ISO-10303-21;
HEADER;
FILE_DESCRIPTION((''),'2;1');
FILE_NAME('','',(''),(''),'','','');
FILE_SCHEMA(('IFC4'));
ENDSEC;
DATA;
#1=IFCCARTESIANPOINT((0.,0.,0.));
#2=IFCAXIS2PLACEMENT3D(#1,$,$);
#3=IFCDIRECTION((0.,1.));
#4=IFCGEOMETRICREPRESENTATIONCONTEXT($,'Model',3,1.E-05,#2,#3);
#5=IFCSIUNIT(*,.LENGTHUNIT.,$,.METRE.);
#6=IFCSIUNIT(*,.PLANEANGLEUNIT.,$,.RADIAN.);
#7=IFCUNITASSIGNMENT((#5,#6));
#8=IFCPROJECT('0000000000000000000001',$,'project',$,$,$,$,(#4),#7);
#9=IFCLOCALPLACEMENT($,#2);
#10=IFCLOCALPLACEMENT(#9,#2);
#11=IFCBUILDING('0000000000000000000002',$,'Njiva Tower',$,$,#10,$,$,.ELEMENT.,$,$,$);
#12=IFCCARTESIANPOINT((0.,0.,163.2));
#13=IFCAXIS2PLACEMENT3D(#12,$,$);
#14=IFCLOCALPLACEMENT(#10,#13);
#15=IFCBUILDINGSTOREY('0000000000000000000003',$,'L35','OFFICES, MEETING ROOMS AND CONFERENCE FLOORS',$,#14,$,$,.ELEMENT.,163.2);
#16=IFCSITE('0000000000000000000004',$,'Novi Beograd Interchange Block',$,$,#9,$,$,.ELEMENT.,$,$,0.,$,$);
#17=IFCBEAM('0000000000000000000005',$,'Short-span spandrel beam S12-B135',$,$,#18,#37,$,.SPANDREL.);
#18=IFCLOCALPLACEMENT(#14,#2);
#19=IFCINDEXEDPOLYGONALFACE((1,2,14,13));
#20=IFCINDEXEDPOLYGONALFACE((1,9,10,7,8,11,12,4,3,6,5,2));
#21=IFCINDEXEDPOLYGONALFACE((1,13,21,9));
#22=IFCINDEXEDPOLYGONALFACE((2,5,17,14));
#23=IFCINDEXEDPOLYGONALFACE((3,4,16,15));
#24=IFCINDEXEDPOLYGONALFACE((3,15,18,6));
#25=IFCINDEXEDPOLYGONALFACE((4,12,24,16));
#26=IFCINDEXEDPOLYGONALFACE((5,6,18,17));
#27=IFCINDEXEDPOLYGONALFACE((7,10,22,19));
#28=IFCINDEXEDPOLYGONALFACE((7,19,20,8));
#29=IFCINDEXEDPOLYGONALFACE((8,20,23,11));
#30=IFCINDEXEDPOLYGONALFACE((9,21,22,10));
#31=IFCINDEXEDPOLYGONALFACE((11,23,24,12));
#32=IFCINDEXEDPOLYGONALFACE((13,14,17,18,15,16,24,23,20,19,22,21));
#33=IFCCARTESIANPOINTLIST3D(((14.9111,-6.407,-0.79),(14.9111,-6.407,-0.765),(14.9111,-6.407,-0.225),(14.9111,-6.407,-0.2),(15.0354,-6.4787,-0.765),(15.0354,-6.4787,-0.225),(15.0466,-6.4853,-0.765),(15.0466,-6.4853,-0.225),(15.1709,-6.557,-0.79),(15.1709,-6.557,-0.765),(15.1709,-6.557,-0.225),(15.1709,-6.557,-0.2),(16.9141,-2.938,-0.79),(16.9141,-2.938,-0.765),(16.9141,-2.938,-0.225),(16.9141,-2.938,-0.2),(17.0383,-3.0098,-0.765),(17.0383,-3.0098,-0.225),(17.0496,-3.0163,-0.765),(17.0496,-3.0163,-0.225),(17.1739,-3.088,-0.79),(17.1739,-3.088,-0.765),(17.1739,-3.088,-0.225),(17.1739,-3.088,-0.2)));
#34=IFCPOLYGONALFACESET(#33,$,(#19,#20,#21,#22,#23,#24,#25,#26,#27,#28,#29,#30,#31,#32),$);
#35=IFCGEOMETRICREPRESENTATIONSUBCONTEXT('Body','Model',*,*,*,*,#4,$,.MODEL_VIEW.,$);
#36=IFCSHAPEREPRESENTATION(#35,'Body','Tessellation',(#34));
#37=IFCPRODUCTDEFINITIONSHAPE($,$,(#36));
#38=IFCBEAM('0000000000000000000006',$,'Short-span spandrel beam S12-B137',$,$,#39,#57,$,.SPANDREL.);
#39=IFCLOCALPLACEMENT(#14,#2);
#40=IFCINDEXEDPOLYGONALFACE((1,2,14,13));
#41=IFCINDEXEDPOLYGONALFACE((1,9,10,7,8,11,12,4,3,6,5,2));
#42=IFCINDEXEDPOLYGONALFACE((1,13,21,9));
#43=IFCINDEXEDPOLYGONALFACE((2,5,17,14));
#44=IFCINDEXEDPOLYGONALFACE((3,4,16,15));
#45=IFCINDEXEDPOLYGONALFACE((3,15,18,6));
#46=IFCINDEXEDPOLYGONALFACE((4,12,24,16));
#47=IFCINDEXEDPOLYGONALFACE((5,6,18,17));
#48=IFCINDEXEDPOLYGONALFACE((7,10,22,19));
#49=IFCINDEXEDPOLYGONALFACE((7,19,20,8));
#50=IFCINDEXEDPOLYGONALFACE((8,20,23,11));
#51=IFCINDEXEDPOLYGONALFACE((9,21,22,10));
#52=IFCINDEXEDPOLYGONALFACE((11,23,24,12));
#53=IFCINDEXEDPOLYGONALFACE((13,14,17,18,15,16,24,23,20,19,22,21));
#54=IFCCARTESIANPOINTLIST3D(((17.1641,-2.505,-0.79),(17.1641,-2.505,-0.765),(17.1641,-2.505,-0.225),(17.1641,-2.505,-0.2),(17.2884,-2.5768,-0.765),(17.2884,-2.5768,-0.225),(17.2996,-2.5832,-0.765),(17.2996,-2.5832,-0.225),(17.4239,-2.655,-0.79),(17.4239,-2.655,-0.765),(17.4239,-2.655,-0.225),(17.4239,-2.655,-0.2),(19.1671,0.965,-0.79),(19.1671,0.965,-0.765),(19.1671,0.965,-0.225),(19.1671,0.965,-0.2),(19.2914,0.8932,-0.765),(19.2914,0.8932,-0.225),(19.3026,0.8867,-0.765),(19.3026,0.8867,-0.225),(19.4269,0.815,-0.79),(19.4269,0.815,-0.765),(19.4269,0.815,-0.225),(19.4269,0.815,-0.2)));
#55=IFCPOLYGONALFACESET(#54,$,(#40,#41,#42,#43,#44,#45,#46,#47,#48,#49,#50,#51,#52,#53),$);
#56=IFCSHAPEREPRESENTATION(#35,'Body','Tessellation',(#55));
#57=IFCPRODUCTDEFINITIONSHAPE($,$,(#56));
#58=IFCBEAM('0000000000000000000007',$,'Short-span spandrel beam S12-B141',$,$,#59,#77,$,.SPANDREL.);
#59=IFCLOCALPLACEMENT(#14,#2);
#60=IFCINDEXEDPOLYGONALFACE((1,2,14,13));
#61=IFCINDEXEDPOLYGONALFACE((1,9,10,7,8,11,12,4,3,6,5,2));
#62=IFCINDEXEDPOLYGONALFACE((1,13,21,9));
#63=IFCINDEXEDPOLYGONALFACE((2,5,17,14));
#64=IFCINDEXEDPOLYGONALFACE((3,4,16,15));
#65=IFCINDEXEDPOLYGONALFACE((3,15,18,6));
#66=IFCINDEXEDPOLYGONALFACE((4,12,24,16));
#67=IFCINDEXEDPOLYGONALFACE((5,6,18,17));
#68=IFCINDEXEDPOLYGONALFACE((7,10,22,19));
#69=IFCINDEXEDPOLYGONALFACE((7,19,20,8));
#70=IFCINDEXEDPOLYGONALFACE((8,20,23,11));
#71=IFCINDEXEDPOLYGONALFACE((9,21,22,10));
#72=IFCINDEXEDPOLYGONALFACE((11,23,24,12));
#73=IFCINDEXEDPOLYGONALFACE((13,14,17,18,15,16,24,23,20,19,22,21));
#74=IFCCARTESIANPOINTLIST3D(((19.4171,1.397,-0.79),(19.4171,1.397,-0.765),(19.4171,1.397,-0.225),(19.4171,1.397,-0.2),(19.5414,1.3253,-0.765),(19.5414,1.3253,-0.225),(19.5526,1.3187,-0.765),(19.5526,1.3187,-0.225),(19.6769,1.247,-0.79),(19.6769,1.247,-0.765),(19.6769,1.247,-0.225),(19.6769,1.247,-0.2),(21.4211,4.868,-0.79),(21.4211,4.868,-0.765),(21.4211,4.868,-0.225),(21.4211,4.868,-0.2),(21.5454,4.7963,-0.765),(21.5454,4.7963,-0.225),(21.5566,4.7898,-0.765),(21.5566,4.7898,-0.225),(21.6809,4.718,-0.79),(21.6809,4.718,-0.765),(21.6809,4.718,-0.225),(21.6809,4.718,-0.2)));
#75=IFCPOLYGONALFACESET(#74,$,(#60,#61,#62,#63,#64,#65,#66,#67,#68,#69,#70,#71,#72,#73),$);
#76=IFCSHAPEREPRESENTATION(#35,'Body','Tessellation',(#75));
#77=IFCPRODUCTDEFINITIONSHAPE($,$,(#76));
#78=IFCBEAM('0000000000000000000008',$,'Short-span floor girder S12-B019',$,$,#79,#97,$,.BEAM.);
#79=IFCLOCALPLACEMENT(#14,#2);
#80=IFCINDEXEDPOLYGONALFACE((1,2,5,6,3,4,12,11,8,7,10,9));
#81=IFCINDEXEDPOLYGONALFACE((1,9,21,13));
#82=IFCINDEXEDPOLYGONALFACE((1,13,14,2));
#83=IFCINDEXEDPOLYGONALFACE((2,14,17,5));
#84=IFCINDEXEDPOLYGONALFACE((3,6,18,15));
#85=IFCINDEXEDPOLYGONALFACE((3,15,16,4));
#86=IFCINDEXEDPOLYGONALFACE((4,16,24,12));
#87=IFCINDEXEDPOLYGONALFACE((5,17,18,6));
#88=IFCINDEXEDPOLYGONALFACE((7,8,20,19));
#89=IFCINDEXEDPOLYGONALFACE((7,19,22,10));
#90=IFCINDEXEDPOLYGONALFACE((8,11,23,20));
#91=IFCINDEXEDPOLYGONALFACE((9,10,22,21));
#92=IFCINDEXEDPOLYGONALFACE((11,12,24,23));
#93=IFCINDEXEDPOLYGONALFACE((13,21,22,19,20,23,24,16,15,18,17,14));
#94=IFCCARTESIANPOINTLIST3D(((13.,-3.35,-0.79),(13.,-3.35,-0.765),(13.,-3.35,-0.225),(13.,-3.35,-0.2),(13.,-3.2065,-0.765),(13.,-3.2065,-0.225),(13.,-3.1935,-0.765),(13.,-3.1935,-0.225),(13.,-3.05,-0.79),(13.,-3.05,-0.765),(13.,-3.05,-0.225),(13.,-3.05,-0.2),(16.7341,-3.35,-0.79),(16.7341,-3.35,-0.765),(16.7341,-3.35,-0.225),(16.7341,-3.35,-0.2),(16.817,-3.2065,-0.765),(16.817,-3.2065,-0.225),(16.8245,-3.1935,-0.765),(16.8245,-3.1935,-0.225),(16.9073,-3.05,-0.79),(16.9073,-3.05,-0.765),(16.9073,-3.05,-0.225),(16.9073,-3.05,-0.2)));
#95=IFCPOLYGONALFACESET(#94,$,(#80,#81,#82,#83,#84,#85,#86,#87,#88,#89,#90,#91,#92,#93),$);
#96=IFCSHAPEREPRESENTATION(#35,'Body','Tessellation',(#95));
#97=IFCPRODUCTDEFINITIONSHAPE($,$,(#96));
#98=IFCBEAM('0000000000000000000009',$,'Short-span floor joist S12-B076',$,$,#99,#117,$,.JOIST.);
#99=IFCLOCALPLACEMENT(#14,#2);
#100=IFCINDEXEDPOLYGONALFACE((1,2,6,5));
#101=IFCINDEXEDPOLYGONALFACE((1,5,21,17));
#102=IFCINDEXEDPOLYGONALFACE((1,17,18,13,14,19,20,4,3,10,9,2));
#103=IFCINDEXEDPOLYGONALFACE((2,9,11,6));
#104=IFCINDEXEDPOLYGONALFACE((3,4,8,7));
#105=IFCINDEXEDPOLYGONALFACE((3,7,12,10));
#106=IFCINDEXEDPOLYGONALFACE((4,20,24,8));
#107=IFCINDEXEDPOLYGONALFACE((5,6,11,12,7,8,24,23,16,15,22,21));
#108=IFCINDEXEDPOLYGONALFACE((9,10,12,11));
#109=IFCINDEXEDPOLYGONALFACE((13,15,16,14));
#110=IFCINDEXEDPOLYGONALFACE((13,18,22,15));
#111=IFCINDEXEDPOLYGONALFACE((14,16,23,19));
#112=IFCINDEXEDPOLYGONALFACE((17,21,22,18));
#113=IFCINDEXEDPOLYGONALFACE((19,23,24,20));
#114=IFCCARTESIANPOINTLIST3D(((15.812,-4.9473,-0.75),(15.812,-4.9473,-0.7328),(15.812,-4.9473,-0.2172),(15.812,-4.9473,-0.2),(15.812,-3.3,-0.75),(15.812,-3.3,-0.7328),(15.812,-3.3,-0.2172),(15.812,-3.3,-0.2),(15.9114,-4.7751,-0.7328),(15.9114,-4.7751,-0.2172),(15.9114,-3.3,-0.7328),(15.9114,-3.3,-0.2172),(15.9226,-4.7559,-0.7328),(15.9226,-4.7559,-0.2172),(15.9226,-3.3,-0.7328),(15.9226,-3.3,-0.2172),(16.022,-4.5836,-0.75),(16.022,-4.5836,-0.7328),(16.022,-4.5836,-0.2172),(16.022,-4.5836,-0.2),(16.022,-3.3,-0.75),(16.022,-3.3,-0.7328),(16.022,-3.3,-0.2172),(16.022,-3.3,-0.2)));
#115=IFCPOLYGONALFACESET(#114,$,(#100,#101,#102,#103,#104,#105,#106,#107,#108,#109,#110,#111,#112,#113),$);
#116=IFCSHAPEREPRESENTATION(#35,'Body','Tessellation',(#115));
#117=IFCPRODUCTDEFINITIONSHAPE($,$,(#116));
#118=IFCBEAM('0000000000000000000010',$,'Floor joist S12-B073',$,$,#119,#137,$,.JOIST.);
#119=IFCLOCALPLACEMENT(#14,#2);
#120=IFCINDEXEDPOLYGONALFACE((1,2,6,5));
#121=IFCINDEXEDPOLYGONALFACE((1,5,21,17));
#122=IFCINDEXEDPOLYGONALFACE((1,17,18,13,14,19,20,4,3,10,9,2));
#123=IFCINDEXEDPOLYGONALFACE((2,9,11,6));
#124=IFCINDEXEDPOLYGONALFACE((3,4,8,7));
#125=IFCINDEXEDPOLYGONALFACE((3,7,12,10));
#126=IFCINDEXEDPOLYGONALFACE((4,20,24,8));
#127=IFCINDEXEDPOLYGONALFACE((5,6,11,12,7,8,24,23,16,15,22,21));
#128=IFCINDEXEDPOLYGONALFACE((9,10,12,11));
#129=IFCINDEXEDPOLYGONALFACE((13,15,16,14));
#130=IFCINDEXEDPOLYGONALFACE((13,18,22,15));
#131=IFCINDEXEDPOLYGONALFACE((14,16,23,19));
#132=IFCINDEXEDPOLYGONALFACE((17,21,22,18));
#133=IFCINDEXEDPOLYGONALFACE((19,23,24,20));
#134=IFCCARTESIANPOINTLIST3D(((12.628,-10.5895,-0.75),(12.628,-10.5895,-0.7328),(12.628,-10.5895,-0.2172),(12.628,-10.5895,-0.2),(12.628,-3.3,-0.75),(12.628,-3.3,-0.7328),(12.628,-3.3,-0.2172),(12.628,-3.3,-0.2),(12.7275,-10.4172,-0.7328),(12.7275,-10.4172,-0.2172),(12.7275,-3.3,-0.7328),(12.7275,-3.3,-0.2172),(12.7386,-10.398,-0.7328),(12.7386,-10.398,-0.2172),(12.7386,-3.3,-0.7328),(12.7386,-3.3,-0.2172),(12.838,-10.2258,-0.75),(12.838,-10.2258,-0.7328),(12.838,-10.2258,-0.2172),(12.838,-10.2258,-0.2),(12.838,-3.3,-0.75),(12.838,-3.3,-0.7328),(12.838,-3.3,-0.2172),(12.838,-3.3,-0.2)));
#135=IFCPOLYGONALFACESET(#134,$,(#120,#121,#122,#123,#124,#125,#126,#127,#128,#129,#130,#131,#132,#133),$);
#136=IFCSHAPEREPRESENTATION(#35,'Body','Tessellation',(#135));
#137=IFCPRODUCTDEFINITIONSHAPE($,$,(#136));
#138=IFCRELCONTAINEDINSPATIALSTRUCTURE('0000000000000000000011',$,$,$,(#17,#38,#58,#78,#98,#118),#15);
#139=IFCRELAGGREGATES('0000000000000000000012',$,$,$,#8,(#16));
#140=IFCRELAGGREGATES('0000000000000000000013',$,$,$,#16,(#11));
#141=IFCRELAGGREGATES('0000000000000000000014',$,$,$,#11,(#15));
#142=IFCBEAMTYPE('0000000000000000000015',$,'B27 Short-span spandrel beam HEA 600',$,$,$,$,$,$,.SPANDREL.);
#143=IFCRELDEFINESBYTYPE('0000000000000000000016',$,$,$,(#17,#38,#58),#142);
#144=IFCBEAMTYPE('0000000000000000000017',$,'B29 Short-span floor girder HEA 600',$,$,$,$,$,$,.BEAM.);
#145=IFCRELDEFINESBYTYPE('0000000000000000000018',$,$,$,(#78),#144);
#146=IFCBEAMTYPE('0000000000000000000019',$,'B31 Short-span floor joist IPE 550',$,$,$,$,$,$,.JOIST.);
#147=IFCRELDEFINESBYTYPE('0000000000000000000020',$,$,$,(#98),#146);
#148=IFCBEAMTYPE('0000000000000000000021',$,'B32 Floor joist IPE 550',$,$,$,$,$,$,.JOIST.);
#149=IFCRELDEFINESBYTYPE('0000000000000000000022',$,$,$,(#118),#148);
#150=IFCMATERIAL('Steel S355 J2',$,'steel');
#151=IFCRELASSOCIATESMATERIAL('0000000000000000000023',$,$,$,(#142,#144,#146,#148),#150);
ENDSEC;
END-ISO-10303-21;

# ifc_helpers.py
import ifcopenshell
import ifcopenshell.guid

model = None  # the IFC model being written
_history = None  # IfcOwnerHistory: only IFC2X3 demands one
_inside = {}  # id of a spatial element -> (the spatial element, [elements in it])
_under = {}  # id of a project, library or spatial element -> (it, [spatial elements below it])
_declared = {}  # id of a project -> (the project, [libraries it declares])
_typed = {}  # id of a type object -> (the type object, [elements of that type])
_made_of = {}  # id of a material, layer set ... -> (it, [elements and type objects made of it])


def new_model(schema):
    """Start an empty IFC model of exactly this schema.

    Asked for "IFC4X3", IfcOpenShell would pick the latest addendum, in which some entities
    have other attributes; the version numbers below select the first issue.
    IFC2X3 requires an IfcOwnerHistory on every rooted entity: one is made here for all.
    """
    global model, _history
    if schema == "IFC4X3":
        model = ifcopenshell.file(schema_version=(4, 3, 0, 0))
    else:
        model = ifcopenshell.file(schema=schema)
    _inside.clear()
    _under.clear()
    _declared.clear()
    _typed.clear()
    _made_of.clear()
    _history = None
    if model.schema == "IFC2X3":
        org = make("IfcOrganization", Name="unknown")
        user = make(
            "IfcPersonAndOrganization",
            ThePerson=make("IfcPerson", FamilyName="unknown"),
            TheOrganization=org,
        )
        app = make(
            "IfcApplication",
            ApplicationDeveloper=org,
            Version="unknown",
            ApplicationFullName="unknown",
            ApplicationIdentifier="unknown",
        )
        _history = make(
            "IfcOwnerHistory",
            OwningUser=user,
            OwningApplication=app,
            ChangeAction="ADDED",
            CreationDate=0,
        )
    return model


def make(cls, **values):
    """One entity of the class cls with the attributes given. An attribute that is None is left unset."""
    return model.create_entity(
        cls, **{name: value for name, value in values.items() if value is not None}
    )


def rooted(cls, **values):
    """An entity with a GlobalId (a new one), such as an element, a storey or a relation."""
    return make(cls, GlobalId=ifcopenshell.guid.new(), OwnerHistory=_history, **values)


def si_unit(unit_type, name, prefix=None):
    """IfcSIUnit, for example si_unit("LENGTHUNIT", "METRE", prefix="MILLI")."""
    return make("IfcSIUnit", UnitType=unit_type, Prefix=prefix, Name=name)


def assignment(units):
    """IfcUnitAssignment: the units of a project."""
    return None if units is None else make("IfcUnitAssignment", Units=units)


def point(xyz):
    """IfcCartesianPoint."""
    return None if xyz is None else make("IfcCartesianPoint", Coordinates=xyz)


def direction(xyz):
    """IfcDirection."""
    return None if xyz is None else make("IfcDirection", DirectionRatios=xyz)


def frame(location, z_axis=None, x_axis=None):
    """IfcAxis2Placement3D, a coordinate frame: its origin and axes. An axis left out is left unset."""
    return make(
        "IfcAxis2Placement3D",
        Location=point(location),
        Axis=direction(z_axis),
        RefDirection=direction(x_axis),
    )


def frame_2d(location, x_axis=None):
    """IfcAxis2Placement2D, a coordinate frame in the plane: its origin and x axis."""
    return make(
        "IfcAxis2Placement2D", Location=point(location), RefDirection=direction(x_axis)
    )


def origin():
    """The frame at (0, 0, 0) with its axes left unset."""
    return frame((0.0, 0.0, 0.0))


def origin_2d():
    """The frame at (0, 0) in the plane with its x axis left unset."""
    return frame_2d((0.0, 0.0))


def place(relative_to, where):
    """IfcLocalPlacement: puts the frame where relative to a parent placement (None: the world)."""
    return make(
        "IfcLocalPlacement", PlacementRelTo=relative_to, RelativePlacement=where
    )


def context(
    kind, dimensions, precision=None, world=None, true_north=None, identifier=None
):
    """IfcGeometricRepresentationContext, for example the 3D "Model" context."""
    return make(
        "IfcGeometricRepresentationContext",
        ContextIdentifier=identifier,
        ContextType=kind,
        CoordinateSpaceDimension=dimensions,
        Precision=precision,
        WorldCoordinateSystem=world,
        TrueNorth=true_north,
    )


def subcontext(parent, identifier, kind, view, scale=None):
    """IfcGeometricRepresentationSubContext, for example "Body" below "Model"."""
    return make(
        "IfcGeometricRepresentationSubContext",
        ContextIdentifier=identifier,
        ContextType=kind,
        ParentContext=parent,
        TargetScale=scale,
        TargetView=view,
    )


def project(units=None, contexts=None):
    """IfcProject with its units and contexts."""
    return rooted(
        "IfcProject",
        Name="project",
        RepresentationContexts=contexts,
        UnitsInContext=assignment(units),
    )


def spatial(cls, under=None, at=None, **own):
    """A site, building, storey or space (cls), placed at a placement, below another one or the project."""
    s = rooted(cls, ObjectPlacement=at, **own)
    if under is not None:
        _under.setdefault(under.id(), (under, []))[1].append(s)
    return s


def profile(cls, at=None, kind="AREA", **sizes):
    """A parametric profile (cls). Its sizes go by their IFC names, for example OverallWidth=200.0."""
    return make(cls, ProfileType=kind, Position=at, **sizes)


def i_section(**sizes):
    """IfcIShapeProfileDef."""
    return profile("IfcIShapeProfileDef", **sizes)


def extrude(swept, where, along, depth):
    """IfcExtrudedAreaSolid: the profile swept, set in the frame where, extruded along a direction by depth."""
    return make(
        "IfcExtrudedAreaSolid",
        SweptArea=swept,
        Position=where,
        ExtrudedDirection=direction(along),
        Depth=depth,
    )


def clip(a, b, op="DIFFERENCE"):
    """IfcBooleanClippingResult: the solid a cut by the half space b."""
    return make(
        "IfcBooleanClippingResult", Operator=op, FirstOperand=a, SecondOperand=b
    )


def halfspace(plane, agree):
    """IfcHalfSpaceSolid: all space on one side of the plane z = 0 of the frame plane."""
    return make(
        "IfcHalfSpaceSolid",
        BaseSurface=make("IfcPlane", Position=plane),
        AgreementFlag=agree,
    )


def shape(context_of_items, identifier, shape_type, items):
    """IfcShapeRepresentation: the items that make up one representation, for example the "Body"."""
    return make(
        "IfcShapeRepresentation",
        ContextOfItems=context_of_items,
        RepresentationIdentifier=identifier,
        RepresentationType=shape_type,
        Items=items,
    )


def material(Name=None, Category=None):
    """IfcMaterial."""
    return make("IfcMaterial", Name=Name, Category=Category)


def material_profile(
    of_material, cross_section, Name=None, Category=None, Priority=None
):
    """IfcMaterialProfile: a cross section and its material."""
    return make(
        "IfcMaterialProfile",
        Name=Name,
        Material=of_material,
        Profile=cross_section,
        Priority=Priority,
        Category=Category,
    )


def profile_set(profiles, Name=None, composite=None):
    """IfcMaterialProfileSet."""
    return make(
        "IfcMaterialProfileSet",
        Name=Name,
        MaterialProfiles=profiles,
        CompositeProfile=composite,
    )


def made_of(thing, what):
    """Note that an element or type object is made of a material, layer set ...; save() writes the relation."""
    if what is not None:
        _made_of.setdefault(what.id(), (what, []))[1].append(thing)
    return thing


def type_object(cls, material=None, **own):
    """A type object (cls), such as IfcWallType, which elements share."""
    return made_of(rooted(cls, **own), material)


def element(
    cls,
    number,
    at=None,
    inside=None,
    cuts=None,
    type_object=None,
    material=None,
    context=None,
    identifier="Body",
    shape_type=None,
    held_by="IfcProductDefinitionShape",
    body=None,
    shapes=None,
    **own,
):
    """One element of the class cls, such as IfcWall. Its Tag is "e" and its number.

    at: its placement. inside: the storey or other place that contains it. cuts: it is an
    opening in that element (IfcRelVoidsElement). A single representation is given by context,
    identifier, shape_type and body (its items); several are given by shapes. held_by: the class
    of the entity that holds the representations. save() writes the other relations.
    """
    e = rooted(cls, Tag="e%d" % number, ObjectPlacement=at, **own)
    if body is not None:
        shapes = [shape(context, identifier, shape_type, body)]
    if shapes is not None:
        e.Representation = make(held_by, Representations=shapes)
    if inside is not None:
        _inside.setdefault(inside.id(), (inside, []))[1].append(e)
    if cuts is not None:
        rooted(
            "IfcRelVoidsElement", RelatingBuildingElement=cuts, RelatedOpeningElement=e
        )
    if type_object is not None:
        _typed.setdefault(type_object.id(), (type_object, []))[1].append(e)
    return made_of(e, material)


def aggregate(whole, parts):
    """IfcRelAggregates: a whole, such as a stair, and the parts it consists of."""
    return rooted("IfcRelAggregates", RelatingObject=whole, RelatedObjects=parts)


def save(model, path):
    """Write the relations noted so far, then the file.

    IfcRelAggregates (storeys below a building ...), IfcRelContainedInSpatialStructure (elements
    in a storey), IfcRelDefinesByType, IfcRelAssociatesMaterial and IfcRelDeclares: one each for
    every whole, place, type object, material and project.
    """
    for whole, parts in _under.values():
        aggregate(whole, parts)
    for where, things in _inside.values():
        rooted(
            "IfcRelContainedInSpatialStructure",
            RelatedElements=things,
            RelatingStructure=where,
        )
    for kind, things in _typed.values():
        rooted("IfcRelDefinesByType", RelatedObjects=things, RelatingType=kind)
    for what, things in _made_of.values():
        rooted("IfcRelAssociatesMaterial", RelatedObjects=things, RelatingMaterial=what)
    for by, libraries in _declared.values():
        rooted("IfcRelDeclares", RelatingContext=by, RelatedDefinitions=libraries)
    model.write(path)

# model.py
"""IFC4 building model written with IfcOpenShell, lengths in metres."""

from ifc_helpers import new_model, si_unit, direction, frame, origin, origin_2d, place, context, subcontext, project, spatial, i_section, extrude, clip, halfspace, material, material_profile, profile_set, type_object, element, save


model = new_model("IFC4")

# Units and contexts
model_context = context("Model", 3, precision=1e-05, world=origin(), true_north=direction((0.0, 1.0)))
body_context = subcontext(model_context, "Body", "Model", "MODEL_VIEW")
ifc_project = project(units=[si_unit("LENGTHUNIT", "METRE"), si_unit("PLANEANGLEUNIT", "RADIAN")], contexts=[model_context])

# Site, building, storey
site_placement = place(None, origin())
site = spatial("IfcSite", under=ifc_project, at=site_placement, Name="Novi Beograd Interchange Block", CompositionType="ELEMENT", RefElevation=0.0)
building_placement = place(site_placement, origin())
building = spatial("IfcBuilding", under=site, at=building_placement, Name="Njiva Tower", CompositionType="ELEMENT")
storey_placement = place(building_placement, frame((0.0, 0.0, 163.2)))
storey = spatial("IfcBuildingStorey", under=building, at=storey_placement, Name="L35", Description="OFFICES, MEETING ROOMS AND CONFERENCE FLOORS", CompositionType="ELEMENT", Elevation=163.2)

# Shared definitions
ifc_material_1 = material(Name="Steel S355 J2", Category="steel")

# Beams
ifc_material_profile_1 = material_profile(ifc_material_1, i_section(OverallWidth=0.3, OverallDepth=0.59, WebThickness=0.013, FlangeThickness=0.025, at=origin_2d()), Name="HEA 600")
ifc_profile_set_1 = profile_set([ifc_material_profile_1], Name="Steel S355 J2")
beam_type_1 = type_object("IfcBeamType", Name="B27 Short-span spandrel beam HEA 600", PredefinedType="SPANDREL", material=ifc_profile_set_1)
beam_1_placement = place(storey_placement, frame((15.041, -6.482, -0.495), z_axis=(0.500032, 0.866007, 0.0), x_axis=(-0.866007, 0.500032, 0.0)))
element("IfcBeam", 1, at=beam_1_placement, inside=storey, type_object=beam_type_1, Name="Short-span spandrel beam S12-B135", PredefinedType="SPANDREL", context=body_context, shape_type="SweptSolid", body=[
    extrude(i_section(OverallWidth=0.3, OverallDepth=0.59, WebThickness=0.013, FlangeThickness=0.025, at=origin_2d()), origin(), (0.0, 0.0, 1.0), 4.0057),
])
beam_2_placement = place(storey_placement, frame((17.294, -2.58, -0.495), z_axis=(0.499924, 0.866069, 0.0), x_axis=(-0.866069, 0.499924, 0.0)))
element("IfcBeam", 2, at=beam_2_placement, inside=storey, type_object=beam_type_1, Name="Short-span spandrel beam S12-B137", PredefinedType="SPANDREL", context=body_context, shape_type="SweptSolid", body=[
    extrude(i_section(OverallWidth=0.3, OverallDepth=0.59, WebThickness=0.013, FlangeThickness=0.025, at=origin_2d()), origin(), (0.0, 0.0, 1.0), 4.0066),
])
beam_3_placement = place(storey_placement, frame((19.547, 1.322, -0.495), z_axis=(0.500003, 0.866024, 0.0), x_axis=(-0.866024, 0.500003, 0.0)))
element("IfcBeam", 3, at=beam_3_placement, inside=storey, type_object=beam_type_1, Name="Short-span spandrel beam S12-B141", PredefinedType="SPANDREL", context=body_context, shape_type="SweptSolid", body=[
    extrude(i_section(OverallWidth=0.3, OverallDepth=0.59, WebThickness=0.013, FlangeThickness=0.025, at=origin_2d()), origin(), (0.0, 0.0, 1.0), 4.008),
])
ifc_material_profile_2 = material_profile(ifc_material_1, i_section(OverallWidth=0.3, OverallDepth=0.59, WebThickness=0.013, FlangeThickness=0.025, at=origin_2d()), Name="HEA 600")
ifc_profile_set_2 = profile_set([ifc_material_profile_2], Name="Steel S355 J2")
beam_type_2 = type_object("IfcBeamType", Name="B29 Short-span floor girder HEA 600", PredefinedType="BEAM", material=ifc_profile_set_2)
beam_4_placement = place(storey_placement, frame((13.0, -3.2, -0.495), z_axis=(1.0, 0.0, 0.0), x_axis=(0.0, 1.0, 0.0)))
element("IfcBeam", 4, at=beam_4_placement, inside=storey, type_object=beam_type_2, Name="Short-span floor girder S12-B019", PredefinedType="BEAM", context=body_context, shape_type="Clipping", body=[
    clip(extrude(i_section(OverallWidth=0.3, OverallDepth=0.59, WebThickness=0.013, FlangeThickness=0.025, at=origin_2d()), origin(), (0.0, 0.0, 1.0), 3.928), halfspace(frame((-0.025, 0.0, 3.8063), z_axis=(-0.499998, 0.0, 0.866027), x_axis=(0.0, 1.0, 0.0)), False)),
])
ifc_material_profile_3 = material_profile(ifc_material_1, i_section(OverallWidth=0.21, OverallDepth=0.55, WebThickness=0.0111, FlangeThickness=0.0172, at=origin_2d()), Name="IPE 550")
ifc_profile_set_3 = profile_set([ifc_material_profile_3], Name="Steel S355 J2")
beam_type_3 = type_object("IfcBeamType", Name="B31 Short-span floor joist IPE 550", PredefinedType="JOIST", material=ifc_profile_set_3)
beam_5_placement = place(storey_placement, frame((15.917, -3.3, -0.475), z_axis=(0.0, -1.0, 0.0), x_axis=(1.0, 0.0, 0.0)))
element("IfcBeam", 5, at=beam_5_placement, inside=storey, type_object=beam_type_3, Name="Short-span floor joist S12-B076", PredefinedType="JOIST", context=body_context, shape_type="Clipping", body=[
    clip(extrude(i_section(OverallWidth=0.21, OverallDepth=0.55, WebThickness=0.0111, FlangeThickness=0.0172, at=origin_2d()), origin(), (0.0, 0.0, 1.0), 1.668), halfspace(frame((0.043, 0.0, 1.391), z_axis=(0.866027, 0.0, 0.499998), x_axis=(0.0, 1.0, 0.0)), False)),
])
ifc_material_profile_4 = material_profile(ifc_material_1, i_section(OverallWidth=0.21, OverallDepth=0.55, WebThickness=0.0111, FlangeThickness=0.0172, at=origin_2d()), Name="IPE 550")
ifc_profile_set_4 = profile_set([ifc_material_profile_4], Name="Steel S355 J2")
beam_type_4 = type_object("IfcBeamType", Name="B32 Floor joist IPE 550", PredefinedType="JOIST", material=ifc_profile_set_4)
beam_6_placement = place(storey_placement, frame((12.733, -3.3, -0.475), z_axis=(0.0, -1.0, 0.0), x_axis=(1.0, 0.0, 0.0)))
element("IfcBeam", 6, at=beam_6_placement, inside=storey, type_object=beam_type_4, Name="Floor joist S12-B073", PredefinedType="JOIST", context=body_context, shape_type="Clipping", body=[
    clip(extrude(i_section(OverallWidth=0.21, OverallDepth=0.55, WebThickness=0.0111, FlangeThickness=0.0172, at=origin_2d()), origin(), (0.0, 0.0, 1.0), 7.309), halfspace(frame((0.0436, 0.0, 7.0321), z_axis=(0.866027, 0.0, 0.499998), x_axis=(0.0, 1.0, 0.0)), False)),
])

save(model, "model.ifc")
